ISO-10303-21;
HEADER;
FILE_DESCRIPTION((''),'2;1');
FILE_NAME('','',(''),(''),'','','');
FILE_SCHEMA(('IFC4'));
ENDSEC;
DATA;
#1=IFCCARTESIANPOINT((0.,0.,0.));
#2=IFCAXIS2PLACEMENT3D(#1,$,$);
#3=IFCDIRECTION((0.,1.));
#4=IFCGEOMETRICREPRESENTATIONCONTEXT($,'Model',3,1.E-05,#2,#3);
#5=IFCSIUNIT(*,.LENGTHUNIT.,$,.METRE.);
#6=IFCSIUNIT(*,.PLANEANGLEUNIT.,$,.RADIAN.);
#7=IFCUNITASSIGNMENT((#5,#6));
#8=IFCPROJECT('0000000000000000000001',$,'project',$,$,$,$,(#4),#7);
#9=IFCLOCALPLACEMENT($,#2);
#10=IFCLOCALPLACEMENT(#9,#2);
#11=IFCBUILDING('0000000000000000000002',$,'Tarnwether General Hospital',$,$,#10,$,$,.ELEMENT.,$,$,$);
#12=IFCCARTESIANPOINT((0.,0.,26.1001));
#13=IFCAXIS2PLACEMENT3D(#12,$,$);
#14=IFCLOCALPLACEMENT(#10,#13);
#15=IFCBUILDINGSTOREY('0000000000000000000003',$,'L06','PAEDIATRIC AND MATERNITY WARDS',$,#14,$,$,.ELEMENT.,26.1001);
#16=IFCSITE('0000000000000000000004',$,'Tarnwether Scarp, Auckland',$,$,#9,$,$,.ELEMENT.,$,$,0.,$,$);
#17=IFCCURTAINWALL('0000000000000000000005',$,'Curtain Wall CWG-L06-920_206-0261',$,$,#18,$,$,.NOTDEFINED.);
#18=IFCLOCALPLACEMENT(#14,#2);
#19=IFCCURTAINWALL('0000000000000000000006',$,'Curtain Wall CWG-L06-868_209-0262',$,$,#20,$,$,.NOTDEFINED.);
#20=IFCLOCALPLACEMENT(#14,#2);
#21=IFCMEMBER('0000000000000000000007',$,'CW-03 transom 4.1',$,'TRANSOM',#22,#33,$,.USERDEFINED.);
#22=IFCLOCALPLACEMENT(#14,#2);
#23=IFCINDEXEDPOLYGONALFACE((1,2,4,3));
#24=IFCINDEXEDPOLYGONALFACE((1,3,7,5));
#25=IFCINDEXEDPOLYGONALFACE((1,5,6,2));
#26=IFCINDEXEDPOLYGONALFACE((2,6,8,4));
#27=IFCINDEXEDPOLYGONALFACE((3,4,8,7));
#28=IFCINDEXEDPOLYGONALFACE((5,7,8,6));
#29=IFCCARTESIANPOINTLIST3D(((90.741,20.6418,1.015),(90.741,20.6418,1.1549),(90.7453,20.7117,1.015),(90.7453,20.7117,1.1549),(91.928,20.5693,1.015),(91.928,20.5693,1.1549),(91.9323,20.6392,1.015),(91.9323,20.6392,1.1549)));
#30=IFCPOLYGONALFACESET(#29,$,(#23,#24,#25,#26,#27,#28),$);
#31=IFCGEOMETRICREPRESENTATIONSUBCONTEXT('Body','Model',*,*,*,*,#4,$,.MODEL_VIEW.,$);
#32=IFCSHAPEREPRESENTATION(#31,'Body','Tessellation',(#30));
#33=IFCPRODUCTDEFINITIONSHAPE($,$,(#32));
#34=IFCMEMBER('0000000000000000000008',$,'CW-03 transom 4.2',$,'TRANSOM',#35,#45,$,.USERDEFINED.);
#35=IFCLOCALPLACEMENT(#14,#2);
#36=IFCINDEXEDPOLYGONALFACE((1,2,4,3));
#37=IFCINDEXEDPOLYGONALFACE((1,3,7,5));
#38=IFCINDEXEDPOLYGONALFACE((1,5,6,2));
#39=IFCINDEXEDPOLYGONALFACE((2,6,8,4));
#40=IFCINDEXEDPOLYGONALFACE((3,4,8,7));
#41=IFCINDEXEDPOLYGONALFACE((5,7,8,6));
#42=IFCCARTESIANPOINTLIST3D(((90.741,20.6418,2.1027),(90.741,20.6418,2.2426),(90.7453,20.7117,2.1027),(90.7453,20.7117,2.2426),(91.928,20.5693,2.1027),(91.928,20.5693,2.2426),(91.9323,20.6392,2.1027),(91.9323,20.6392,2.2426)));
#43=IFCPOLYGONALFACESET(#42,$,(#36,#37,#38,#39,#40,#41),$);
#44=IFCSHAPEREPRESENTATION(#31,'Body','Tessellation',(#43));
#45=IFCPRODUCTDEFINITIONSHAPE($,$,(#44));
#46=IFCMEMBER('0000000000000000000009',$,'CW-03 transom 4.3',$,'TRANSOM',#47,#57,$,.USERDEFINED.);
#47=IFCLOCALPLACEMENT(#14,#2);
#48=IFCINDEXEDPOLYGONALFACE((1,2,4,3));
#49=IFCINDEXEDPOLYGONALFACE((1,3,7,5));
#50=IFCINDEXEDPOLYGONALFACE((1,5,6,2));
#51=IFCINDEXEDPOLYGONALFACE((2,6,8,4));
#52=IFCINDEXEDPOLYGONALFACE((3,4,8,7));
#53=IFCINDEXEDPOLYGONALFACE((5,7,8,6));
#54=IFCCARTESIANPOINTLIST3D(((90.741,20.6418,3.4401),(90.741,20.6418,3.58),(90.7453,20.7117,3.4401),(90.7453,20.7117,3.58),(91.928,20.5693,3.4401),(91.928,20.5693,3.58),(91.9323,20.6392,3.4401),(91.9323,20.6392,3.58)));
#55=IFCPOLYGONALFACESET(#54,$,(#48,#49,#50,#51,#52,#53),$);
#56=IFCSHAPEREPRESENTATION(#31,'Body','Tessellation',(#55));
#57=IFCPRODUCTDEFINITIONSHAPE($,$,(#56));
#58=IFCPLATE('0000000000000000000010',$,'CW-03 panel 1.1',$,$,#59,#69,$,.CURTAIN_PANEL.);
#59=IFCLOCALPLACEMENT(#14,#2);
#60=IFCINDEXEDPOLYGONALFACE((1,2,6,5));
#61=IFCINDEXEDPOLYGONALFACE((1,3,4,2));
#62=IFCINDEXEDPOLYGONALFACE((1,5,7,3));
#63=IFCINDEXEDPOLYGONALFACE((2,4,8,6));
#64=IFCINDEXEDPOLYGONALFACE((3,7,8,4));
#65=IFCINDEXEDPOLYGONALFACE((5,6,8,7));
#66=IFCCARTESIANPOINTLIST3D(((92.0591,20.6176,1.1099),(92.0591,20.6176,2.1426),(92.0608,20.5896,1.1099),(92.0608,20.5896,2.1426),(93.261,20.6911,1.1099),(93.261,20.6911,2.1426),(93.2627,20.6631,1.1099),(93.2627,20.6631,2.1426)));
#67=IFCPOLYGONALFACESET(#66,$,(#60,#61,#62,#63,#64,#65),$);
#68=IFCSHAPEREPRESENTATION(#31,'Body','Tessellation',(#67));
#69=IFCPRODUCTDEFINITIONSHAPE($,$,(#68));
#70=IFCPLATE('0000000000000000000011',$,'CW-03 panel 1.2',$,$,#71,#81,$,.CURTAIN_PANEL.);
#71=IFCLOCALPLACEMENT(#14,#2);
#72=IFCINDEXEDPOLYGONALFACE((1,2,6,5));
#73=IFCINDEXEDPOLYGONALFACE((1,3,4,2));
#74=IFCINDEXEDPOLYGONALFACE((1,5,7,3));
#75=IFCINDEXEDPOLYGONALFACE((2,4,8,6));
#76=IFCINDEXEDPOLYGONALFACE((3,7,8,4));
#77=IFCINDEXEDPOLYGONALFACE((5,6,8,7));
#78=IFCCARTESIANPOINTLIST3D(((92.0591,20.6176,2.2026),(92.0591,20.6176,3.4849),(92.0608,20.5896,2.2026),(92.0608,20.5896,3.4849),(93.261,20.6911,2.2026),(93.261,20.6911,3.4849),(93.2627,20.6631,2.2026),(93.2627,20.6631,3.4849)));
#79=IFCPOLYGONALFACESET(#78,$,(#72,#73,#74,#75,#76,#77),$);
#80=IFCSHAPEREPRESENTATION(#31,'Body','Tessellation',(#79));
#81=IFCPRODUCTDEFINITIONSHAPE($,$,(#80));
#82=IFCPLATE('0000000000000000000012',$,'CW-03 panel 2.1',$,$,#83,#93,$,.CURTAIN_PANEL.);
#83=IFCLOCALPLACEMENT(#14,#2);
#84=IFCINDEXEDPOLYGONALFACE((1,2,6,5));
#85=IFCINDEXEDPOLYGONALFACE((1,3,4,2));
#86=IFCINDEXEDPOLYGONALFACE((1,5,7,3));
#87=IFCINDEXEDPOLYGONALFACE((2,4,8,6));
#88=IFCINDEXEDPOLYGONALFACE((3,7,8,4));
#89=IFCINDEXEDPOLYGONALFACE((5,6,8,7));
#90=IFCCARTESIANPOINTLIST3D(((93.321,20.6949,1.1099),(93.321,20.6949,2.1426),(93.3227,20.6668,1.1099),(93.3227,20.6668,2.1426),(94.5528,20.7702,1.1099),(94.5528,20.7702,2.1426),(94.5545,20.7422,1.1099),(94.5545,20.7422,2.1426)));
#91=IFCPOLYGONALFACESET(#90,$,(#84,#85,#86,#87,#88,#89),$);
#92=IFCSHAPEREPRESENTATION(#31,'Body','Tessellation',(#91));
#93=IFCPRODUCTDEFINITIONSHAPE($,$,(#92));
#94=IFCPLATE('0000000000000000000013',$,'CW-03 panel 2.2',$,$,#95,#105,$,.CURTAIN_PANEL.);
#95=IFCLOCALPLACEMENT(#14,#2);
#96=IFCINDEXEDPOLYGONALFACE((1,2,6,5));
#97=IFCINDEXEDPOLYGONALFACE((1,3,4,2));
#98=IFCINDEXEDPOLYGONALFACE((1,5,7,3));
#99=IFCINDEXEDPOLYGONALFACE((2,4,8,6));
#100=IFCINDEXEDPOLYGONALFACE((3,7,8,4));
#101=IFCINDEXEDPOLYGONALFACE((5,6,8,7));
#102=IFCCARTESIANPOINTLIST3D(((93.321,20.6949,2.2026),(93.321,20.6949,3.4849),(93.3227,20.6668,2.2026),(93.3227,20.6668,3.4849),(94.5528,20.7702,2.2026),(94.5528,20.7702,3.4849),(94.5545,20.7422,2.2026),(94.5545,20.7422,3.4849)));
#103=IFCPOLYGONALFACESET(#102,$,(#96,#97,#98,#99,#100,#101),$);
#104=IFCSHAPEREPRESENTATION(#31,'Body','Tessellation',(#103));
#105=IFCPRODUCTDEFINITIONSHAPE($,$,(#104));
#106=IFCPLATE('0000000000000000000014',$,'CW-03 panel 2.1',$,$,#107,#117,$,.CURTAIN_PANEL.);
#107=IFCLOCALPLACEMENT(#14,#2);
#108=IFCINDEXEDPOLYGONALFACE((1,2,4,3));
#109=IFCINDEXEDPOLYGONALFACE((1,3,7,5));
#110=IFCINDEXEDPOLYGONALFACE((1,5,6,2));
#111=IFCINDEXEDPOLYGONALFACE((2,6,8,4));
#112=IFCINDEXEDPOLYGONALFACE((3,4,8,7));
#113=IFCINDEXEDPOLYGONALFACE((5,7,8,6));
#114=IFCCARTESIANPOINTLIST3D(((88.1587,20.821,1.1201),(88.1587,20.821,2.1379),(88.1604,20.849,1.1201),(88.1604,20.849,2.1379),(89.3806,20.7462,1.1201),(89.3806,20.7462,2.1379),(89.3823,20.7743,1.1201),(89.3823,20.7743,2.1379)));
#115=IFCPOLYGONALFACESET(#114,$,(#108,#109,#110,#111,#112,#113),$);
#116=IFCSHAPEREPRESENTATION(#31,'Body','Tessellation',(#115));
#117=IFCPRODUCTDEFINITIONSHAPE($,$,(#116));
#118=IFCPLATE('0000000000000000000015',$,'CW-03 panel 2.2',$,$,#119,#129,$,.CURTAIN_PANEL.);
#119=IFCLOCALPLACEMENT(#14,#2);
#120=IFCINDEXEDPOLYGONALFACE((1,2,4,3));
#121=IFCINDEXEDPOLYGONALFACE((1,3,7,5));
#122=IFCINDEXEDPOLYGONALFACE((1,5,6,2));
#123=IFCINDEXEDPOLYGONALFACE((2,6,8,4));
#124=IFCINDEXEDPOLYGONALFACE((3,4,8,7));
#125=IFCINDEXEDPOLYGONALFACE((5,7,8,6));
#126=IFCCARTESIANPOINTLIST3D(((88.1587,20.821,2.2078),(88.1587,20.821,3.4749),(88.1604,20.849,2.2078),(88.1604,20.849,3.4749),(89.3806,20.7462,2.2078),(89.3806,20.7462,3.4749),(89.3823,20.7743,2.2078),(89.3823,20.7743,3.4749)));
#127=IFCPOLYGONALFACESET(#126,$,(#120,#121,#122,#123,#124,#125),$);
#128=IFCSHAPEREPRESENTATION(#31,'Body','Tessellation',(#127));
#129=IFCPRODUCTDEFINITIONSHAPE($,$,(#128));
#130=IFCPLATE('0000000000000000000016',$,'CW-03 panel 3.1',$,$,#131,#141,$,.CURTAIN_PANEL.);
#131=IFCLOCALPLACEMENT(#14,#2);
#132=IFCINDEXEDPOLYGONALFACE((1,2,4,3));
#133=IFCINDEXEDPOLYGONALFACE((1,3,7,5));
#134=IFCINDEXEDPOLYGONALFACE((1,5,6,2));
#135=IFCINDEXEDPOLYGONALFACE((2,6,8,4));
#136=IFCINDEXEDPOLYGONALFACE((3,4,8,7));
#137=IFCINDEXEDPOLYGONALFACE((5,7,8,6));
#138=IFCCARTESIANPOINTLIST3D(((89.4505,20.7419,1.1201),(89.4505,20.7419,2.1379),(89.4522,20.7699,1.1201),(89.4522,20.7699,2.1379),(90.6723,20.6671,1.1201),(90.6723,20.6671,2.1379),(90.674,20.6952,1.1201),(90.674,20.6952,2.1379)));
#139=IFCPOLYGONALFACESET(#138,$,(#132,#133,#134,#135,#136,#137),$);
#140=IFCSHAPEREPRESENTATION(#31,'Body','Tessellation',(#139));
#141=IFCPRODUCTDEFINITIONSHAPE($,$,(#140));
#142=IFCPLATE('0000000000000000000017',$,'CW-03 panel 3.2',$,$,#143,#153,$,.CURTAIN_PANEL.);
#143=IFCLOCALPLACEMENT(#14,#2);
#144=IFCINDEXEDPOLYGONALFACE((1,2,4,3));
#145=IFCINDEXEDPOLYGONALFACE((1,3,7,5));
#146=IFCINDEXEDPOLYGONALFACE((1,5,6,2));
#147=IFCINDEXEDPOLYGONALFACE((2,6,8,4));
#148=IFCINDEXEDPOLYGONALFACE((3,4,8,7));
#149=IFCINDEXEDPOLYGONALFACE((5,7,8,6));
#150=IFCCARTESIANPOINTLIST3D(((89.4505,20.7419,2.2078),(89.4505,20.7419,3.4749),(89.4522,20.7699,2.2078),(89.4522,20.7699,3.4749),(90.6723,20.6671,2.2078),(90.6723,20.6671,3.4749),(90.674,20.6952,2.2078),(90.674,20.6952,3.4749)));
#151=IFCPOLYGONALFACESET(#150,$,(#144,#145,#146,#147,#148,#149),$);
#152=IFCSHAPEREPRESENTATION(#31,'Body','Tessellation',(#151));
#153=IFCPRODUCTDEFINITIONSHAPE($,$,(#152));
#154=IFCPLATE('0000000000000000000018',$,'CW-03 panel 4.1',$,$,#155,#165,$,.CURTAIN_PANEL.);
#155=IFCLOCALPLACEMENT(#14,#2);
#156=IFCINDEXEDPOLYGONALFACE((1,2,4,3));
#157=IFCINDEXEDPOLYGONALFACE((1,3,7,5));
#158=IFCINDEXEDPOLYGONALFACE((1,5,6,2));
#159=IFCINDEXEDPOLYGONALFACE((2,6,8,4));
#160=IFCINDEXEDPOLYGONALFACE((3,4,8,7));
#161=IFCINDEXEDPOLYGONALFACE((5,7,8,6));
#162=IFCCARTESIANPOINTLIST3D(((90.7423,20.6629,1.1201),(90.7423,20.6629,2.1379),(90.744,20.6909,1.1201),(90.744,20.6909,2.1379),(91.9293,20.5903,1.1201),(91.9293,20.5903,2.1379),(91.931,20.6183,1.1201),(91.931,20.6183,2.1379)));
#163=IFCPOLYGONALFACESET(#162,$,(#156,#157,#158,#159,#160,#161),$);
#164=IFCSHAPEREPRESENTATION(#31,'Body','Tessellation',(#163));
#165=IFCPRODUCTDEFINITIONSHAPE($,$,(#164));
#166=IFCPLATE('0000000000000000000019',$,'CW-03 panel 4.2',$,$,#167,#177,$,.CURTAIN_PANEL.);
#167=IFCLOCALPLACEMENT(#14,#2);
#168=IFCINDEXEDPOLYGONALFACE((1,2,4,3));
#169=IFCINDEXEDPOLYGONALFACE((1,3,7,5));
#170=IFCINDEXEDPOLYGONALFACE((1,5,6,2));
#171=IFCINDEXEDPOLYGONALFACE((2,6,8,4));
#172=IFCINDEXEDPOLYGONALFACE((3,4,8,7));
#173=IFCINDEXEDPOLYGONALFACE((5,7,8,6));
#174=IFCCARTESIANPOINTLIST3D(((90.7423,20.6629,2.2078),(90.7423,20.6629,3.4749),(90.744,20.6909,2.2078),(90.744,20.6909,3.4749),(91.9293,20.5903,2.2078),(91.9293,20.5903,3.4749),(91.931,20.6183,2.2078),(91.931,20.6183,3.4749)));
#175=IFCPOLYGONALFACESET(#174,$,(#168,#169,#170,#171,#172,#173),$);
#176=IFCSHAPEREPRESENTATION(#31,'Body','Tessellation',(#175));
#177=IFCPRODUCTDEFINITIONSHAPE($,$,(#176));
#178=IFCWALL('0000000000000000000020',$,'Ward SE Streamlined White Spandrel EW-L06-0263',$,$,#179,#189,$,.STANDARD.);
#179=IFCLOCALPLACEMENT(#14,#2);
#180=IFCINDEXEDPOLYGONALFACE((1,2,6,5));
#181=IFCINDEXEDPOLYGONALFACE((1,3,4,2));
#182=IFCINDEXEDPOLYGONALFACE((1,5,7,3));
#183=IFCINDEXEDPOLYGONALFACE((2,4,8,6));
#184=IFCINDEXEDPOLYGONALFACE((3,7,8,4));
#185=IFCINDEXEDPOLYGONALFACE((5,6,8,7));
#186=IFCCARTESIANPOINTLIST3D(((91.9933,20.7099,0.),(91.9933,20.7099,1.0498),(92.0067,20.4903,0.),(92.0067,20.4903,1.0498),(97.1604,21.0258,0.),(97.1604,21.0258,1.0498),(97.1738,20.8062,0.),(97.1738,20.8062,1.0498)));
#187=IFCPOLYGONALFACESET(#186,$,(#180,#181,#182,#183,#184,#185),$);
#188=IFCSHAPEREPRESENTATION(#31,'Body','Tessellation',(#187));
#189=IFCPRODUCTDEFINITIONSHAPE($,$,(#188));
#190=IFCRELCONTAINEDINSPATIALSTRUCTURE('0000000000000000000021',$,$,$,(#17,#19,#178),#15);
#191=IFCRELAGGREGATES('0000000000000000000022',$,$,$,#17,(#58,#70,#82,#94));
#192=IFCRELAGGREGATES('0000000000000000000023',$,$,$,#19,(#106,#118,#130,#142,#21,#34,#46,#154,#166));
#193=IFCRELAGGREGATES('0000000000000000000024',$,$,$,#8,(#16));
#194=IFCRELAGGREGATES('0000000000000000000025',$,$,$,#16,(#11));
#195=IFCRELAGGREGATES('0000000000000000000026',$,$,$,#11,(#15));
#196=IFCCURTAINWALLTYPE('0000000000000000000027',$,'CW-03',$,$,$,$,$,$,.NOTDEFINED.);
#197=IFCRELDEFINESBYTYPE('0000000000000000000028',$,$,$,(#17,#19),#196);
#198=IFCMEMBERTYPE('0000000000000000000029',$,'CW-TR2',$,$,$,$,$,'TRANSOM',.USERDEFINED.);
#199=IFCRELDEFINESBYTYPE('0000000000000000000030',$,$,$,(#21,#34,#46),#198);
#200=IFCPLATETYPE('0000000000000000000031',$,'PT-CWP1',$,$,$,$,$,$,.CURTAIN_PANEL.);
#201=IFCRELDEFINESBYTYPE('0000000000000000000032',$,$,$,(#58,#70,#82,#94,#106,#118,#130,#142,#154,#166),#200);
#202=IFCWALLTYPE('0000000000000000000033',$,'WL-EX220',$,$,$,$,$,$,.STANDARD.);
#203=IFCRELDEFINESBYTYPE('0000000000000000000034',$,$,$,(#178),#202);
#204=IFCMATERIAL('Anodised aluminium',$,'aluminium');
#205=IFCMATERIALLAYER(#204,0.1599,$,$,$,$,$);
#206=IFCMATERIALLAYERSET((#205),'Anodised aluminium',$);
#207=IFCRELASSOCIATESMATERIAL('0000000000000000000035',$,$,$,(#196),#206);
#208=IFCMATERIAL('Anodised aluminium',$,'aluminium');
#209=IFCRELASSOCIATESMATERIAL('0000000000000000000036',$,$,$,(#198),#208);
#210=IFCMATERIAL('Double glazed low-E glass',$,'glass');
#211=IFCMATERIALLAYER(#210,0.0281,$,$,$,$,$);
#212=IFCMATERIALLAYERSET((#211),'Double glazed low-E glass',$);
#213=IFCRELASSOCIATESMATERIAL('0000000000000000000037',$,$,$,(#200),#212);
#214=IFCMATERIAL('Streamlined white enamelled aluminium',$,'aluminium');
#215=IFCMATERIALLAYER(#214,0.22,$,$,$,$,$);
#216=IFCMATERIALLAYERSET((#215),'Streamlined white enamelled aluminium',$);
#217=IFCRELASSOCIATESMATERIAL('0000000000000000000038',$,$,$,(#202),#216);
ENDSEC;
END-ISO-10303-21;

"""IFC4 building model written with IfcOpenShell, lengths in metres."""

from ifc_helpers import new_model, si_unit, direction, frame, frame_2d, origin, origin_2d, place, context, subcontext, project, spatial, rectangle, extrude, material, layer, layer_set, material_profile, profile_set, type_object, element, aggregate, save


model = new_model("IFC4")

# Units and contexts
model_context = context("Model", 3, precision=1e-05, world=origin(), true_north=direction((0.0, 1.0)))
body_context = subcontext(model_context, "Body", "Model", "MODEL_VIEW")
ifc_project = project(units=[si_unit("LENGTHUNIT", "METRE"), si_unit("PLANEANGLEUNIT", "RADIAN")], contexts=[model_context])

# Site, building, storey
site_placement = place(None, origin())
site = spatial("IfcSite", under=ifc_project, at=site_placement, Name="Tarnwether Scarp, Auckland", CompositionType="ELEMENT", RefElevation=0.0)
building_placement = place(site_placement, origin())
building = spatial("IfcBuilding", under=site, at=building_placement, Name="Tarnwether General Hospital", CompositionType="ELEMENT")
storey_placement = place(building_placement, frame((0.0, 0.0, 26.1001)))
storey = spatial("IfcBuildingStorey", under=building, at=storey_placement, Name="L06", Description="PAEDIATRIC AND MATERNITY WARDS", CompositionType="ELEMENT", Elevation=26.1001)

# Curtain walls
ifc_material_1 = material(Name="Anodised aluminium", Category="aluminium")
ifc_layer_1 = layer(ifc_material_1, 0.1599)
ifc_layer_set_1 = layer_set([ifc_layer_1], Name="Anodised aluminium")
curtain_wall_type = type_object("IfcCurtainWallType", Name="CW-03", PredefinedType="NOTDEFINED", material=ifc_layer_set_1)
curtain_wall_1_placement = place(storey_placement, origin())
curtain_wall_1 = element("IfcCurtainWall", 1, at=curtain_wall_1_placement, inside=storey, type_object=curtain_wall_type, Name="Curtain Wall CWG-L06-920_206-0261", PredefinedType="NOTDEFINED")
curtain_wall_2_placement = place(storey_placement, origin())
curtain_wall_2 = element("IfcCurtainWall", 2, at=curtain_wall_2_placement, inside=storey, type_object=curtain_wall_type, Name="Curtain Wall CWG-L06-868_209-0262", PredefinedType="NOTDEFINED")

# Members
ifc_material_2 = material(Name="Anodised aluminium", Category="aluminium")
ifc_material_profile_1 = material_profile(ifc_material_2, rectangle(XDim=0.0701, YDim=0.1399, at=origin_2d()), Name="ALU-TRN-70x140")
ifc_profile_set_1 = profile_set([ifc_material_profile_1], Name="Anodised aluminium")
member_type_1 = type_object("IfcMemberType", Name="CW-TR2", ElementType="TRANSOM", PredefinedType="USERDEFINED", material=ifc_profile_set_1)
member_1_placement = place(storey_placement, frame((90.7432, 20.6768, 1.085), z_axis=(0.998139, -0.060972, 0.0), x_axis=(0.060972, 0.998139, 0.0)))
member_1 = element("IfcMember", 3, at=member_1_placement, type_object=member_type_1, Name="CW-03 transom 4.1", ObjectType="TRANSOM", PredefinedType="USERDEFINED", context=body_context, shape_type="SweptSolid", body=[
    extrude(rectangle(XDim=0.0701, YDim=0.1399, at=origin_2d()), origin(), (0.0, 0.0, 1.0), 1.1892),
])
member_2_placement = place(storey_placement, frame((90.7432, 20.6768, 2.1726), z_axis=(0.998139, -0.060972, 0.0), x_axis=(0.060972, 0.998139, 0.0)))
member_2 = element("IfcMember", 4, at=member_2_placement, type_object=member_type_1, Name="CW-03 transom 4.2", ObjectType="TRANSOM", PredefinedType="USERDEFINED", context=body_context, shape_type="SweptSolid", body=[
    extrude(rectangle(XDim=0.0701, YDim=0.1399, at=origin_2d()), origin(), (0.0, 0.0, 1.0), 1.1892),
])
member_3_placement = place(storey_placement, frame((90.7432, 20.6768, 3.51), z_axis=(0.998139, -0.060972, 0.0), x_axis=(0.060972, 0.998139, 0.0)))
member_3 = element("IfcMember", 5, at=member_3_placement, type_object=member_type_1, Name="CW-03 transom 4.3", ObjectType="TRANSOM", PredefinedType="USERDEFINED", context=body_context, shape_type="SweptSolid", body=[
    extrude(rectangle(XDim=0.0701, YDim=0.1399, at=origin_2d()), origin(), (0.0, 0.0, 1.0), 1.1892),
])

# Plates
ifc_material_3 = material(Name="Double glazed low-E glass", Category="glass")
ifc_layer_2 = layer(ifc_material_3, 0.0281)
ifc_layer_set_2 = layer_set([ifc_layer_2], Name="Double glazed low-E glass")
plate_type = type_object("IfcPlateType", Name="PT-CWP1", PredefinedType="CURTAIN_PANEL", material=ifc_layer_set_2)
plate_1_placement = place(storey_placement, frame((92.6609, 20.6404, 1.1099), z_axis=(0.0, 0.0, 1.0), x_axis=(0.998135, 0.061043, 0.0)))
plate_1 = element("IfcPlate", 6, at=plate_1_placement, type_object=plate_type, Name="CW-03 panel 1.1", PredefinedType="CURTAIN_PANEL", context=body_context, shape_type="SweptSolid", body=[
    extrude(rectangle(XDim=1.2041, YDim=0.0281, at=origin_2d()), origin(), (0.0, 0.0, 1.0), 1.0327),
])
plate_2_placement = place(storey_placement, frame((92.6609, 20.6404, 2.2026), z_axis=(0.0, 0.0, 1.0), x_axis=(0.998135, 0.061043, 0.0)))
plate_2 = element("IfcPlate", 7, at=plate_2_placement, type_object=plate_type, Name="CW-03 panel 1.2", PredefinedType="CURTAIN_PANEL", context=body_context, shape_type="SweptSolid", body=[
    extrude(rectangle(XDim=1.2041, YDim=0.0281, at=origin_2d()), origin(), (0.0, 0.0, 1.0), 1.2822),
])
plate_3_placement = place(storey_placement, frame((93.9377, 20.7185, 1.1099), z_axis=(0.0, 0.0, 1.0), x_axis=(0.998135, 0.061043, 0.0)))
plate_3 = element("IfcPlate", 8, at=plate_3_placement, type_object=plate_type, Name="CW-03 panel 2.1", PredefinedType="CURTAIN_PANEL", context=body_context, shape_type="SweptSolid", body=[
    extrude(rectangle(XDim=1.2341, YDim=0.0281, at=origin_2d()), origin(), (0.0, 0.0, 1.0), 1.0327),
])
plate_4_placement = place(storey_placement, frame((93.9377, 20.7185, 2.2026), z_axis=(0.0, 0.0, 1.0), x_axis=(0.998135, 0.061043, 0.0)))
plate_4 = element("IfcPlate", 9, at=plate_4_placement, type_object=plate_type, Name="CW-03 panel 2.2", PredefinedType="CURTAIN_PANEL", context=body_context, shape_type="SweptSolid", body=[
    extrude(rectangle(XDim=1.2341, YDim=0.0281, at=origin_2d()), origin(), (0.0, 0.0, 1.0), 1.2822),
])
aggregate(curtain_wall_1, [plate_1, plate_2, plate_3, plate_4])
plate_5_placement = place(storey_placement, frame((88.7705, 20.7976, 1.1201), z_axis=(0.0, 0.0, 1.0), x_axis=(0.998135, -0.061043, 0.0)))
plate_5 = element("IfcPlate", 10, at=plate_5_placement, type_object=plate_type, Name="CW-03 panel 2.1", PredefinedType="CURTAIN_PANEL", context=body_context, shape_type="SweptSolid", body=[
    extrude(rectangle(XDim=1.2241, YDim=0.0281, at=origin_2d()), origin(), (0.0, 0.0, 1.0), 1.0178),
])
plate_6_placement = place(storey_placement, frame((88.7705, 20.7976, 2.2078), z_axis=(0.0, 0.0, 1.0), x_axis=(0.998135, -0.061043, 0.0)))
plate_6 = element("IfcPlate", 11, at=plate_6_placement, type_object=plate_type, Name="CW-03 panel 2.2", PredefinedType="CURTAIN_PANEL", context=body_context, shape_type="SweptSolid", body=[
    extrude(rectangle(XDim=1.2241, YDim=0.0281, at=origin_2d()), origin(), (0.0, 0.0, 1.0), 1.2671),
])
plate_7_placement = place(storey_placement, frame((90.0623, 20.7185, 1.1201), z_axis=(0.0, 0.0, 1.0), x_axis=(0.998135, -0.061043, 0.0)))
plate_7 = element("IfcPlate", 12, at=plate_7_placement, type_object=plate_type, Name="CW-03 panel 3.1", PredefinedType="CURTAIN_PANEL", context=body_context, shape_type="SweptSolid", body=[
    extrude(rectangle(XDim=1.2241, YDim=0.0281, at=origin_2d()), origin(), (0.0, 0.0, 1.0), 1.0178),
])
plate_8_placement = place(storey_placement, frame((90.0623, 20.7185, 2.2078), z_axis=(0.0, 0.0, 1.0), x_axis=(0.998135, -0.061043, 0.0)))
plate_8 = element("IfcPlate", 13, at=plate_8_placement, type_object=plate_type, Name="CW-03 panel 3.2", PredefinedType="CURTAIN_PANEL", context=body_context, shape_type="SweptSolid", body=[
    extrude(rectangle(XDim=1.2241, YDim=0.0281, at=origin_2d()), origin(), (0.0, 0.0, 1.0), 1.2671),
])
plate_9_placement = place(storey_placement, frame((91.3367, 20.6406, 1.1201), z_axis=(0.0, 0.0, 1.0), x_axis=(0.998135, -0.061043, 0.0)))
plate_9 = element("IfcPlate", 14, at=plate_9_placement, type_object=plate_type, Name="CW-03 panel 4.1", PredefinedType="CURTAIN_PANEL", context=body_context, shape_type="SweptSolid", body=[
    extrude(rectangle(XDim=1.1892, YDim=0.0281, at=origin_2d()), origin(), (0.0, 0.0, 1.0), 1.0178),
])
plate_10_placement = place(storey_placement, frame((91.3367, 20.6406, 2.2078), z_axis=(0.0, 0.0, 1.0), x_axis=(0.998135, -0.061043, 0.0)))
plate_10 = element("IfcPlate", 15, at=plate_10_placement, type_object=plate_type, Name="CW-03 panel 4.2", PredefinedType="CURTAIN_PANEL", context=body_context, shape_type="SweptSolid", body=[
    extrude(rectangle(XDim=1.1892, YDim=0.0281, at=origin_2d()), origin(), (0.0, 0.0, 1.0), 1.2671),
])
aggregate(curtain_wall_2, [plate_5, plate_6, plate_7, plate_8, member_1, member_2, member_3, plate_9, plate_10])

# Wall
ifc_material_4 = material(Name="Streamlined white enamelled aluminium", Category="aluminium")
ifc_layer_3 = layer(ifc_material_4, 0.22)
ifc_layer_set_3 = layer_set([ifc_layer_3], Name="Streamlined white enamelled aluminium")
wall_type = type_object("IfcWallType", Name="WL-EX220", PredefinedType="STANDARD", material=ifc_layer_set_3)
wall_placement = place(storey_placement, frame((92.0, 20.6001, 0.0), z_axis=(0.0, 0.0, 1.0), x_axis=(0.998136, 0.061028, 0.0)))
element("IfcWall", 16, at=wall_placement, inside=storey, type_object=wall_type, Name="Ward SE Streamlined White Spandrel EW-L06-0263", PredefinedType="STANDARD", context=body_context, shape_type="SweptSolid", body=[
    extrude(rectangle(XDim=5.1768, YDim=0.22, at=frame_2d((2.5884, 0.0))), origin(), (0.0, 0.0, 1.0), 1.0498),
])

save(model, "model.ifc")
